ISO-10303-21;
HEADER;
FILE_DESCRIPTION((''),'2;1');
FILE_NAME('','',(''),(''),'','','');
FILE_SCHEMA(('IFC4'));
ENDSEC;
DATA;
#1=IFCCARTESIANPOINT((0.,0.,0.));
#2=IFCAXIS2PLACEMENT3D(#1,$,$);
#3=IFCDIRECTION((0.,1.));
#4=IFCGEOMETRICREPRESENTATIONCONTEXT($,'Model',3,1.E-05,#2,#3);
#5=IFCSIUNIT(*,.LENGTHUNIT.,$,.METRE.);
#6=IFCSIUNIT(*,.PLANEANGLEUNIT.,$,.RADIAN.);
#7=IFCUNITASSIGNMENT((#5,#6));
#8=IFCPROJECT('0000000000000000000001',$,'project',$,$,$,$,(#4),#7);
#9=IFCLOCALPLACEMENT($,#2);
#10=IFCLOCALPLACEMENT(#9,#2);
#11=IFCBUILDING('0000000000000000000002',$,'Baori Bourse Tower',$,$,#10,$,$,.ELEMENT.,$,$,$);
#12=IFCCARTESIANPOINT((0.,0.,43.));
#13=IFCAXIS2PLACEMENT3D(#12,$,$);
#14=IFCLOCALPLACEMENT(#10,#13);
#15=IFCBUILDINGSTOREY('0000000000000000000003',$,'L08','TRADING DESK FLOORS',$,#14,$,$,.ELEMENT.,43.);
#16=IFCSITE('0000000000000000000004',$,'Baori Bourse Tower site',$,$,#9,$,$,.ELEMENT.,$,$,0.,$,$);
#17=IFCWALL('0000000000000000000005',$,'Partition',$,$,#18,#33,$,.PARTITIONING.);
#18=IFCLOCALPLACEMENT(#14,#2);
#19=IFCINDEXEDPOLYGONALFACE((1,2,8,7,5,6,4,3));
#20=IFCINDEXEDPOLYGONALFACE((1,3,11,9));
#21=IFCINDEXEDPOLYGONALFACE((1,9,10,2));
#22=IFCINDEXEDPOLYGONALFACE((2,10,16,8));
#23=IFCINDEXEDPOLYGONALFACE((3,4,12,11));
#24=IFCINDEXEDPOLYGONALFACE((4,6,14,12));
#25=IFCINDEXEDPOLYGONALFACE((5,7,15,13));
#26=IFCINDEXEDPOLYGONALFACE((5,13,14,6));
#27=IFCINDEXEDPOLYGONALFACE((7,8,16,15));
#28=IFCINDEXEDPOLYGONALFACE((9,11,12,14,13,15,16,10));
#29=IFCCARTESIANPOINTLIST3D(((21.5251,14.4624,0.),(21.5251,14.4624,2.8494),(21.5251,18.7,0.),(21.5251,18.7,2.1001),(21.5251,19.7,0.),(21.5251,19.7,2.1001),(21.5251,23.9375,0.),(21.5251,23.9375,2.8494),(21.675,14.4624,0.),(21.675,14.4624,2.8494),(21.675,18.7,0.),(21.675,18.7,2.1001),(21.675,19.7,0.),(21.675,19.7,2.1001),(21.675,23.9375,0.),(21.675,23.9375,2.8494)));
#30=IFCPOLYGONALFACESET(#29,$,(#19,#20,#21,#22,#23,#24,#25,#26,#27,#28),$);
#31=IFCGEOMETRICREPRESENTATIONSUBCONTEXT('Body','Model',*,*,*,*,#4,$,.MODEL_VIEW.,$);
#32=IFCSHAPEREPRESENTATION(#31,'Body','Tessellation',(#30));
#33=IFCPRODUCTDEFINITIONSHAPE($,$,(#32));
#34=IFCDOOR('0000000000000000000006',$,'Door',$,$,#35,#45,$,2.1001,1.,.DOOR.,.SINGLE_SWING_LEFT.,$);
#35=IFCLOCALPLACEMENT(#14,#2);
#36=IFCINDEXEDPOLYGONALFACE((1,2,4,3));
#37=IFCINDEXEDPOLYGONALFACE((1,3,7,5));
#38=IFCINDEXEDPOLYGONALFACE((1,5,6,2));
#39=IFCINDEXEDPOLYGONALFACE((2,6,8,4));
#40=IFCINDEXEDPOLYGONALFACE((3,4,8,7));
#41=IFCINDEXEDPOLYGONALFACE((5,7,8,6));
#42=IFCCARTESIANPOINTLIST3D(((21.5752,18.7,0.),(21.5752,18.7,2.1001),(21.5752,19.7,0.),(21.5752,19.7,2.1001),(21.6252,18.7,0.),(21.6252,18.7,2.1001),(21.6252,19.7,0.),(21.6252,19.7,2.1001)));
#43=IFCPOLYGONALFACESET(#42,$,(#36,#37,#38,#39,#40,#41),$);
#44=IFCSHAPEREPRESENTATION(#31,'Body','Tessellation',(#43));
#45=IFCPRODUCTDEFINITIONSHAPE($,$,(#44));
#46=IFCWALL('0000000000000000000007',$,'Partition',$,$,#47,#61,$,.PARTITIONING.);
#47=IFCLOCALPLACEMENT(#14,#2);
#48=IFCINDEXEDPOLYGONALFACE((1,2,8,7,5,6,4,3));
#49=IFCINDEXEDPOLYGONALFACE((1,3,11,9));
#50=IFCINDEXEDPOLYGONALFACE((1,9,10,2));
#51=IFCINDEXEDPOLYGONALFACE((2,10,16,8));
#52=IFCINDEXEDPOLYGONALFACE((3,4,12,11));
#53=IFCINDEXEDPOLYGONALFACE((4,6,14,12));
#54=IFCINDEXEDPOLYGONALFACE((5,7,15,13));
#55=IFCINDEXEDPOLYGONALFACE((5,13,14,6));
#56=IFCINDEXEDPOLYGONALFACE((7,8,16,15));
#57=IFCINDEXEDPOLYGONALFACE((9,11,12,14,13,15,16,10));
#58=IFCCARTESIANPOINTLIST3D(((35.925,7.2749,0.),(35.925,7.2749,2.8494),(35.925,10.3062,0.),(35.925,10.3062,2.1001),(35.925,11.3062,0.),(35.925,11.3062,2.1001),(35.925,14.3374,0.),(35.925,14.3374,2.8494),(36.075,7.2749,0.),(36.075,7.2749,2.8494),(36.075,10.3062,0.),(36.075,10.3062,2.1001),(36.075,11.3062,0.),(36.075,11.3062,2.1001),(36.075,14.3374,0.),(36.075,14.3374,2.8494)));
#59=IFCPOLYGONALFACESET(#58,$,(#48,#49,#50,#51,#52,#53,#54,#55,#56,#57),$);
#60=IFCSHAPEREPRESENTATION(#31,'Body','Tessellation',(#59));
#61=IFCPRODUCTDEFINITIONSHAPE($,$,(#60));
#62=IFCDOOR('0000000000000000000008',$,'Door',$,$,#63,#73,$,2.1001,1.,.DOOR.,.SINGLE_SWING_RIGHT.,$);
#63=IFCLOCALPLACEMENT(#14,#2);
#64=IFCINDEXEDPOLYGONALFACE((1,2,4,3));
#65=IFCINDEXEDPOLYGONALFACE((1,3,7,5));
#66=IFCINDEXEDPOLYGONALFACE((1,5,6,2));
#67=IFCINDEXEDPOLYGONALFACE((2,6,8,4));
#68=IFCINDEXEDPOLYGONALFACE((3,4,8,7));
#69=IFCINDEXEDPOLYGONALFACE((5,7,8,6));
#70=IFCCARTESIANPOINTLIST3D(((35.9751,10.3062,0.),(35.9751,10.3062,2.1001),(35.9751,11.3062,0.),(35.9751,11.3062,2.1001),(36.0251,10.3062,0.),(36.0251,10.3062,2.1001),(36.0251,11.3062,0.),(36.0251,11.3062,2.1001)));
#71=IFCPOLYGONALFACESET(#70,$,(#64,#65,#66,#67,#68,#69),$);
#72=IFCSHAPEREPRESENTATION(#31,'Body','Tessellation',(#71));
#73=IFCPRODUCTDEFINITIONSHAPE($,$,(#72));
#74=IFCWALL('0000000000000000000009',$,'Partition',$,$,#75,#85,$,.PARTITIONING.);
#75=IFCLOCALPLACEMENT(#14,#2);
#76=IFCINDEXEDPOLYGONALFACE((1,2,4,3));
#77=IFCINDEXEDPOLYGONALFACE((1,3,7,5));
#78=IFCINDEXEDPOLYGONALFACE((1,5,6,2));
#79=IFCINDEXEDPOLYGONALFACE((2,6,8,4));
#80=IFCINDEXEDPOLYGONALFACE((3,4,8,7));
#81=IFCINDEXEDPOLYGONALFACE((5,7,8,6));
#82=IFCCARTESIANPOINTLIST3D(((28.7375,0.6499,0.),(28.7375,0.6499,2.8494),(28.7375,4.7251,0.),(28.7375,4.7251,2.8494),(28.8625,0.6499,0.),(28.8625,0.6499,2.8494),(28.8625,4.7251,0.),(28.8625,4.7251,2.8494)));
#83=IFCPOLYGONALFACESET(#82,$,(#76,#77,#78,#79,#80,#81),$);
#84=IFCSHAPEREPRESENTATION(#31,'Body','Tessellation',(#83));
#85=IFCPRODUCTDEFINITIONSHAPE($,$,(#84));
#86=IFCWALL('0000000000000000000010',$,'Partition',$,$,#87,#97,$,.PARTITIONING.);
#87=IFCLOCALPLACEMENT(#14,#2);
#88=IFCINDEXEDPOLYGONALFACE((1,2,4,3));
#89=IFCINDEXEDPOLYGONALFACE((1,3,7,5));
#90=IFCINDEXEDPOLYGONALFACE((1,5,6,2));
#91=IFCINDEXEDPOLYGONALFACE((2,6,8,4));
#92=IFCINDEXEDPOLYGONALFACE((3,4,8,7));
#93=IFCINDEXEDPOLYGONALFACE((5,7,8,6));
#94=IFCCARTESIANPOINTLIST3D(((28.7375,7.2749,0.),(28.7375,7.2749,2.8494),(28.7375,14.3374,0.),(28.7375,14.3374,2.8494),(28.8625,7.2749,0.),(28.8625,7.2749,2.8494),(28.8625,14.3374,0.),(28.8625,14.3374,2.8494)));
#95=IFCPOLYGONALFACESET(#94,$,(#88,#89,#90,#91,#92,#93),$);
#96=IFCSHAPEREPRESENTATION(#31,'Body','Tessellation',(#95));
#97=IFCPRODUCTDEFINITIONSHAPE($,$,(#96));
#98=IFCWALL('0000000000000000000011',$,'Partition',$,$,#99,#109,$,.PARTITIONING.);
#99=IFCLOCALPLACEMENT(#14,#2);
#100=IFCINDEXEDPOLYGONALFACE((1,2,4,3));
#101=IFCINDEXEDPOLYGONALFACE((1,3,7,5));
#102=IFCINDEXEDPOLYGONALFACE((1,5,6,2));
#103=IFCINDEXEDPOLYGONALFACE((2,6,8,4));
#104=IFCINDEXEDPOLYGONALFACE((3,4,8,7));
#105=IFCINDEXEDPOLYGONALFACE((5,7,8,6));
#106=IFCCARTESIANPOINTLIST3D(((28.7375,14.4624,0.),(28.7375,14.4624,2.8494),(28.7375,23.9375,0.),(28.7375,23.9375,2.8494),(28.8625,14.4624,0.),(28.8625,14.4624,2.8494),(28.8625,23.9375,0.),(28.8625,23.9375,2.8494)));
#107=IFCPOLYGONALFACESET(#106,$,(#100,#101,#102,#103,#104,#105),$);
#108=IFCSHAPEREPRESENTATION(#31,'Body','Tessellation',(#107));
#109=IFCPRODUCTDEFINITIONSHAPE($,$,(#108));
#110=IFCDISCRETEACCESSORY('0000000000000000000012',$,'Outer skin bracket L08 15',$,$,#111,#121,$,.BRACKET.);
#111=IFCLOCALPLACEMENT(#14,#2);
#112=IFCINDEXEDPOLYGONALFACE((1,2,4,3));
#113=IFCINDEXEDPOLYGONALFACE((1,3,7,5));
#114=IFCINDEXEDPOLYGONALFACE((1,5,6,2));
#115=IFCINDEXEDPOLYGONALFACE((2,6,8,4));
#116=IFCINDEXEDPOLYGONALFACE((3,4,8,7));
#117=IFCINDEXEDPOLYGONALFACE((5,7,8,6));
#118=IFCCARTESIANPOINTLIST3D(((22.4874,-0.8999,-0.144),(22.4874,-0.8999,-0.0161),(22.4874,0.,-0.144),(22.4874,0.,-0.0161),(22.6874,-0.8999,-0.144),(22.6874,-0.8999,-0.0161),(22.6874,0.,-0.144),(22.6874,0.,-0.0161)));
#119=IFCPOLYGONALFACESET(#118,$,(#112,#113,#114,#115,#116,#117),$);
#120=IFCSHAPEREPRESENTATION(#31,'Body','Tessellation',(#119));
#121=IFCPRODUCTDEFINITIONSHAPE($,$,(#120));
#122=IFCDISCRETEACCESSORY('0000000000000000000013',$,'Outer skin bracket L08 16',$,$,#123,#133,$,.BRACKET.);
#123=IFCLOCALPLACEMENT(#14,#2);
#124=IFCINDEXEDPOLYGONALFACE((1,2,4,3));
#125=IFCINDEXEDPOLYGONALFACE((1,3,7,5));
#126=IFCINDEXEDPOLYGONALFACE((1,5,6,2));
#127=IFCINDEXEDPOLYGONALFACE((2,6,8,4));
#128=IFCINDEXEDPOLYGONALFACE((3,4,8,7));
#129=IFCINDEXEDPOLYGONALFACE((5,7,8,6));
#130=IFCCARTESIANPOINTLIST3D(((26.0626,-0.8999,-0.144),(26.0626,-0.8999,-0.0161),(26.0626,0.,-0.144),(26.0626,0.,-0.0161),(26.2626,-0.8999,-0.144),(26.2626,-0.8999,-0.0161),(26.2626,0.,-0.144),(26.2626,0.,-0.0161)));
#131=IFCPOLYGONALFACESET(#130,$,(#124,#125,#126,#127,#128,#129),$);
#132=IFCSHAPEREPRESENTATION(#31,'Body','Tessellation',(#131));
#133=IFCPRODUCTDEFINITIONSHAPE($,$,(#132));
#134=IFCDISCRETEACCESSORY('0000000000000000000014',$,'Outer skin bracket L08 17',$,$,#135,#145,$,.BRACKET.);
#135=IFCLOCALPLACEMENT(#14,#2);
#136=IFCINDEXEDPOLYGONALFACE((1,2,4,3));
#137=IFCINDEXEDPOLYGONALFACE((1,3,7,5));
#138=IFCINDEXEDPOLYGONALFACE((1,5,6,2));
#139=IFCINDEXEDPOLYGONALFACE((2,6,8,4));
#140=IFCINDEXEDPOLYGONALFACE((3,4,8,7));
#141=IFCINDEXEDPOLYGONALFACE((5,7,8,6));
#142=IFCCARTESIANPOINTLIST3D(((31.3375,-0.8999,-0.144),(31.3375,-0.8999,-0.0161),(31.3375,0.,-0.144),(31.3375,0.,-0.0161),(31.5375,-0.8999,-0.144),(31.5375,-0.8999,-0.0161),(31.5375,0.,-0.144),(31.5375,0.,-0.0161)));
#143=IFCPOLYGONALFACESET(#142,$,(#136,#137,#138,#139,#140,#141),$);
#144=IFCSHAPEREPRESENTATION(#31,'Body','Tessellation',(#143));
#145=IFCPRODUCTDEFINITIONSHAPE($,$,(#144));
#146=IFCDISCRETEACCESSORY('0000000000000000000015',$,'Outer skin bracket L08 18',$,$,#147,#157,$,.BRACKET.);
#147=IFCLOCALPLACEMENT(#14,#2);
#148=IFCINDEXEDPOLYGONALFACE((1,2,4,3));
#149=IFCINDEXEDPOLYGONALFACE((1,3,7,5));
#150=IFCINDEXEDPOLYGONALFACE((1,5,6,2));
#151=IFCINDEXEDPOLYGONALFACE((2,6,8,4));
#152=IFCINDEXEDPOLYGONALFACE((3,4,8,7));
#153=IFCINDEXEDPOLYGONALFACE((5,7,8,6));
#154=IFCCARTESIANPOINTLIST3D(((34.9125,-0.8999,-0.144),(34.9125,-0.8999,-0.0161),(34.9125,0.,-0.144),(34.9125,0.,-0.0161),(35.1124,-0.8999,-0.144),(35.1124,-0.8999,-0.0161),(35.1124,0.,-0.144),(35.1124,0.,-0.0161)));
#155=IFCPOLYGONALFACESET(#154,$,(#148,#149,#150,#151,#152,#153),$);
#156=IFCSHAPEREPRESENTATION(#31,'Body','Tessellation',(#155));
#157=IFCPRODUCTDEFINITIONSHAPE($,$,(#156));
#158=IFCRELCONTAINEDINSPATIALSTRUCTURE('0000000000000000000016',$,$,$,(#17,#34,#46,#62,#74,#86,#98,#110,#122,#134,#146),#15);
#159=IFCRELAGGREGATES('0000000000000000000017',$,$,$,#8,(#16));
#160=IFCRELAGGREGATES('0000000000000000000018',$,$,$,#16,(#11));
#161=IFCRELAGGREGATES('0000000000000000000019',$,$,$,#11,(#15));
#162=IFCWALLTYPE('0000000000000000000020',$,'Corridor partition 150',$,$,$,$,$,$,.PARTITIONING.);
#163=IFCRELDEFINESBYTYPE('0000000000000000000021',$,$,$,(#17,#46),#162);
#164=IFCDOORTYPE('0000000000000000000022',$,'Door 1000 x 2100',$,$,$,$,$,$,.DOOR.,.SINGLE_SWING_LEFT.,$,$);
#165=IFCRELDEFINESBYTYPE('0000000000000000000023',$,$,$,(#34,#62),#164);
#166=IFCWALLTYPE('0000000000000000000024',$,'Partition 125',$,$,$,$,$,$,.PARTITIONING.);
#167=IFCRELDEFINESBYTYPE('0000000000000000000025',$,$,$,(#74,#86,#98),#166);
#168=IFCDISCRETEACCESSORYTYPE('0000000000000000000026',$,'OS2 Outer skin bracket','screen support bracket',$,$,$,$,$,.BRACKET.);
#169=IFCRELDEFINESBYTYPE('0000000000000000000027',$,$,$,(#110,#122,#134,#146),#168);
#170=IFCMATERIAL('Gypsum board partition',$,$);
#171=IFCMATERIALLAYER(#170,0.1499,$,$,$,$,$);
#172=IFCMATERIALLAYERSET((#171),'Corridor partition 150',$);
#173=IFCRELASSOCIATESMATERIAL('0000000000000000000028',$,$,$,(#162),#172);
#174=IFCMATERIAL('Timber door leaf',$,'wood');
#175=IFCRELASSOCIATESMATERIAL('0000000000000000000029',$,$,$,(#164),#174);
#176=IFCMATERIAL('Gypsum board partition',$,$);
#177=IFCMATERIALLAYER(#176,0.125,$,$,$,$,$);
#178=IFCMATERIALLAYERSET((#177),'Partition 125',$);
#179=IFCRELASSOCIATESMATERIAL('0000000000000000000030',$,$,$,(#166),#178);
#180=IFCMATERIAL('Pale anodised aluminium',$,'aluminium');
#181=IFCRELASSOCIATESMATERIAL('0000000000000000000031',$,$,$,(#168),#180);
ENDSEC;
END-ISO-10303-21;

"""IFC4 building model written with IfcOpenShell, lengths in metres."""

from ifc_helpers import new_model, si_unit, direction, frame, frame_2d, origin, origin_2d, place, context, subcontext, project, spatial, rectangle, extrude, material, layer, layer_set, type_object, element, fill, save


model = new_model("IFC4")

# Units and contexts
model_context = context("Model", 3, precision=1e-05, world=origin(), true_north=direction((0.0, 1.0)))
body_context = subcontext(model_context, "Body", "Model", "MODEL_VIEW")
ifc_project = project(units=[si_unit("LENGTHUNIT", "METRE"), si_unit("PLANEANGLEUNIT", "RADIAN")], contexts=[model_context])

# Site, building, storey
site_placement = place(None, origin())
site = spatial("IfcSite", under=ifc_project, at=site_placement, Name="Baori Bourse Tower site", CompositionType="ELEMENT", RefElevation=0.0)
building_placement = place(site_placement, origin())
building = spatial("IfcBuilding", under=site, at=building_placement, Name="Baori Bourse Tower", CompositionType="ELEMENT")
storey_placement = place(building_placement, frame((0.0, 0.0, 43.0)))
storey = spatial("IfcBuildingStorey", under=building, at=storey_placement, Name="L08", Description="TRADING DESK FLOORS", CompositionType="ELEMENT", Elevation=43.0)

# Walls, openings, doors
ifc_material_1 = material(Name="Gypsum board partition")
ifc_layer_1 = layer(ifc_material_1, 0.1499)
ifc_layer_set_1 = layer_set([ifc_layer_1], Name="Corridor partition 150")
wall_type_1 = type_object("IfcWallType", Name="Corridor partition 150", PredefinedType="PARTITIONING", material=ifc_layer_set_1)
ifc_material_2 = material(Name="Timber door leaf", Category="wood")
door_type = type_object("IfcDoorType", Name="Door 1000 x 2100", OperationType="SINGLE_SWING_LEFT", PredefinedType="DOOR", material=ifc_material_2)
wall_1_placement = place(storey_placement, frame((21.6001, 14.4624, 0.0), z_axis=(0.0, 0.0, 1.0), x_axis=(0.0, 1.0, 0.0)))
wall_1 = element("IfcWall", 1, at=wall_1_placement, inside=storey, type_object=wall_type_1, Name="Partition", PredefinedType="PARTITIONING", context=body_context, shape_type="SweptSolid", body=[
    extrude(rectangle(XDim=9.4751, YDim=0.1499, at=frame_2d((4.7375, 0.0))), origin(), (0.0, 0.0, 1.0), 2.8494),
])
opening_1_placement = place(wall_1_placement, frame((4.2375, 0.0, 0.0)))
opening_1 = element("IfcOpeningElement", 2, at=opening_1_placement, cuts=wall_1, PredefinedType="OPENING", context=body_context, shape_type="SweptSolid", body=[
    extrude(rectangle(XDim=1.0, YDim=2.1001, at=frame_2d((0.5, 1.05))), frame((0.0, 0.085, 0.0), z_axis=(0.0, -1.0, 0.0), x_axis=(1.0, 0.0, 0.0)), (0.0, 0.0, 1.0), 0.1699),
])
door_1_placement = place(opening_1_placement, origin())
door_1 = element("IfcDoor", 3, at=door_1_placement, inside=storey, type_object=door_type, Name="Door", OperationType="SINGLE_SWING_LEFT", OverallHeight=2.1001, OverallWidth=1.0, PredefinedType="DOOR", context=body_context, shape_type="SweptSolid", body=[
    extrude(rectangle(XDim=1.0, YDim=2.1001, at=frame_2d((0.5, 1.05))), frame((0.0, 0.0249, 0.0), z_axis=(0.0, -1.0, 0.0), x_axis=(1.0, 0.0, 0.0)), (0.0, 0.0, 1.0), 0.05),
])
fill(opening_1, door_1)
wall_2_placement = place(storey_placement, frame((36.0, 7.2749, 0.0), z_axis=(0.0, 0.0, 1.0), x_axis=(0.0, 1.0, 0.0)))
wall_2 = element("IfcWall", 4, at=wall_2_placement, inside=storey, type_object=wall_type_1, Name="Partition", PredefinedType="PARTITIONING", context=body_context, shape_type="SweptSolid", body=[
    extrude(rectangle(XDim=7.0625, YDim=0.1499, at=frame_2d((3.5312, 0.0))), origin(), (0.0, 0.0, 1.0), 2.8494),
])
opening_2_placement = place(wall_2_placement, frame((3.0312, 0.0, 0.0)))
opening_2 = element("IfcOpeningElement", 5, at=opening_2_placement, cuts=wall_2, PredefinedType="OPENING", context=body_context, shape_type="SweptSolid", body=[
    extrude(rectangle(XDim=1.0, YDim=2.1001, at=frame_2d((0.5, 1.05))), frame((0.0, 0.085, 0.0), z_axis=(0.0, -1.0, 0.0), x_axis=(1.0, 0.0, 0.0)), (0.0, 0.0, 1.0), 0.1699),
])
door_2_placement = place(opening_2_placement, origin())
door_2 = element("IfcDoor", 6, at=door_2_placement, inside=storey, type_object=door_type, Name="Door", OperationType="SINGLE_SWING_RIGHT", OverallHeight=2.1001, OverallWidth=1.0, PredefinedType="DOOR", context=body_context, shape_type="SweptSolid", body=[
    extrude(rectangle(XDim=1.0, YDim=2.1001, at=frame_2d((0.5, 1.05))), frame((0.0, 0.0249, 0.0), z_axis=(0.0, -1.0, 0.0), x_axis=(1.0, 0.0, 0.0)), (0.0, 0.0, 1.0), 0.05),
])
fill(opening_2, door_2)

# Walls
ifc_material_3 = material(Name="Gypsum board partition")
ifc_layer_2 = layer(ifc_material_3, 0.125)
ifc_layer_set_2 = layer_set([ifc_layer_2], Name="Partition 125")
wall_type_2 = type_object("IfcWallType", Name="Partition 125", PredefinedType="PARTITIONING", material=ifc_layer_set_2)
wall_3_placement = place(storey_placement, frame((28.8, 0.6499, 0.0), z_axis=(0.0, 0.0, 1.0), x_axis=(0.0, 1.0, 0.0)))
element("IfcWall", 7, at=wall_3_placement, inside=storey, type_object=wall_type_2, Name="Partition", PredefinedType="PARTITIONING", context=body_context, shape_type="SweptSolid", body=[
    extrude(rectangle(XDim=4.0752, YDim=0.125, at=frame_2d((2.0376, 0.0))), origin(), (0.0, 0.0, 1.0), 2.8494),
])
wall_4_placement = place(storey_placement, frame((28.8, 7.2749, 0.0), z_axis=(0.0, 0.0, 1.0), x_axis=(0.0, 1.0, 0.0)))
element("IfcWall", 8, at=wall_4_placement, inside=storey, type_object=wall_type_2, Name="Partition", PredefinedType="PARTITIONING", context=body_context, shape_type="SweptSolid", body=[
    extrude(rectangle(XDim=7.0625, YDim=0.125, at=frame_2d((3.5312, 0.0))), origin(), (0.0, 0.0, 1.0), 2.8494),
])
wall_5_placement = place(storey_placement, frame((28.8, 14.4624, 0.0), z_axis=(0.0, 0.0, 1.0), x_axis=(0.0, 1.0, 0.0)))
element("IfcWall", 9, at=wall_5_placement, inside=storey, type_object=wall_type_2, Name="Partition", PredefinedType="PARTITIONING", context=body_context, shape_type="SweptSolid", body=[
    extrude(rectangle(XDim=9.4751, YDim=0.125, at=frame_2d((4.7375, 0.0))), origin(), (0.0, 0.0, 1.0), 2.8494),
])

# Discrete accessories
ifc_material_4 = material(Name="Pale anodised aluminium", Category="aluminium")
discrete_accessory_type = type_object("IfcDiscreteAccessoryType", Name="OS2 Outer skin bracket", Description="screen support bracket", PredefinedType="BRACKET", material=ifc_material_4)
for number, where, z_axis, x_axis, name in (
    (10, (22.5874, -0.45, -0.144), (0.0, 0.0, 1.0), (1.0, 0.0, 0.0), "Outer skin bracket L08 15"),
    (11, (26.1626, -0.45, -0.144), (0.0, 0.0, 1.0), (1.0, 0.0, 0.0), "Outer skin bracket L08 16"),
    (12, (31.4375, -0.45, -0.144), (0.0, 0.0, 1.0), (1.0, 0.0, 0.0), "Outer skin bracket L08 17"),
    (13, (35.0125, -0.45, -0.144), (0.0, 0.0, 1.0), (1.0, 0.0, 0.0), "Outer skin bracket L08 18"),
):
    element("IfcDiscreteAccessory", number, at=place(storey_placement, frame(where, z_axis=z_axis, x_axis=x_axis)), inside=storey, type_object=discrete_accessory_type, Name=name, PredefinedType="BRACKET", context=body_context, shape_type="SweptSolid", body=[
        extrude(rectangle(XDim=0.2, YDim=0.8999, at=origin_2d()), origin(), (0.0, 0.0, 1.0), 0.1279),
    ])

save(model, "model.ifc")
